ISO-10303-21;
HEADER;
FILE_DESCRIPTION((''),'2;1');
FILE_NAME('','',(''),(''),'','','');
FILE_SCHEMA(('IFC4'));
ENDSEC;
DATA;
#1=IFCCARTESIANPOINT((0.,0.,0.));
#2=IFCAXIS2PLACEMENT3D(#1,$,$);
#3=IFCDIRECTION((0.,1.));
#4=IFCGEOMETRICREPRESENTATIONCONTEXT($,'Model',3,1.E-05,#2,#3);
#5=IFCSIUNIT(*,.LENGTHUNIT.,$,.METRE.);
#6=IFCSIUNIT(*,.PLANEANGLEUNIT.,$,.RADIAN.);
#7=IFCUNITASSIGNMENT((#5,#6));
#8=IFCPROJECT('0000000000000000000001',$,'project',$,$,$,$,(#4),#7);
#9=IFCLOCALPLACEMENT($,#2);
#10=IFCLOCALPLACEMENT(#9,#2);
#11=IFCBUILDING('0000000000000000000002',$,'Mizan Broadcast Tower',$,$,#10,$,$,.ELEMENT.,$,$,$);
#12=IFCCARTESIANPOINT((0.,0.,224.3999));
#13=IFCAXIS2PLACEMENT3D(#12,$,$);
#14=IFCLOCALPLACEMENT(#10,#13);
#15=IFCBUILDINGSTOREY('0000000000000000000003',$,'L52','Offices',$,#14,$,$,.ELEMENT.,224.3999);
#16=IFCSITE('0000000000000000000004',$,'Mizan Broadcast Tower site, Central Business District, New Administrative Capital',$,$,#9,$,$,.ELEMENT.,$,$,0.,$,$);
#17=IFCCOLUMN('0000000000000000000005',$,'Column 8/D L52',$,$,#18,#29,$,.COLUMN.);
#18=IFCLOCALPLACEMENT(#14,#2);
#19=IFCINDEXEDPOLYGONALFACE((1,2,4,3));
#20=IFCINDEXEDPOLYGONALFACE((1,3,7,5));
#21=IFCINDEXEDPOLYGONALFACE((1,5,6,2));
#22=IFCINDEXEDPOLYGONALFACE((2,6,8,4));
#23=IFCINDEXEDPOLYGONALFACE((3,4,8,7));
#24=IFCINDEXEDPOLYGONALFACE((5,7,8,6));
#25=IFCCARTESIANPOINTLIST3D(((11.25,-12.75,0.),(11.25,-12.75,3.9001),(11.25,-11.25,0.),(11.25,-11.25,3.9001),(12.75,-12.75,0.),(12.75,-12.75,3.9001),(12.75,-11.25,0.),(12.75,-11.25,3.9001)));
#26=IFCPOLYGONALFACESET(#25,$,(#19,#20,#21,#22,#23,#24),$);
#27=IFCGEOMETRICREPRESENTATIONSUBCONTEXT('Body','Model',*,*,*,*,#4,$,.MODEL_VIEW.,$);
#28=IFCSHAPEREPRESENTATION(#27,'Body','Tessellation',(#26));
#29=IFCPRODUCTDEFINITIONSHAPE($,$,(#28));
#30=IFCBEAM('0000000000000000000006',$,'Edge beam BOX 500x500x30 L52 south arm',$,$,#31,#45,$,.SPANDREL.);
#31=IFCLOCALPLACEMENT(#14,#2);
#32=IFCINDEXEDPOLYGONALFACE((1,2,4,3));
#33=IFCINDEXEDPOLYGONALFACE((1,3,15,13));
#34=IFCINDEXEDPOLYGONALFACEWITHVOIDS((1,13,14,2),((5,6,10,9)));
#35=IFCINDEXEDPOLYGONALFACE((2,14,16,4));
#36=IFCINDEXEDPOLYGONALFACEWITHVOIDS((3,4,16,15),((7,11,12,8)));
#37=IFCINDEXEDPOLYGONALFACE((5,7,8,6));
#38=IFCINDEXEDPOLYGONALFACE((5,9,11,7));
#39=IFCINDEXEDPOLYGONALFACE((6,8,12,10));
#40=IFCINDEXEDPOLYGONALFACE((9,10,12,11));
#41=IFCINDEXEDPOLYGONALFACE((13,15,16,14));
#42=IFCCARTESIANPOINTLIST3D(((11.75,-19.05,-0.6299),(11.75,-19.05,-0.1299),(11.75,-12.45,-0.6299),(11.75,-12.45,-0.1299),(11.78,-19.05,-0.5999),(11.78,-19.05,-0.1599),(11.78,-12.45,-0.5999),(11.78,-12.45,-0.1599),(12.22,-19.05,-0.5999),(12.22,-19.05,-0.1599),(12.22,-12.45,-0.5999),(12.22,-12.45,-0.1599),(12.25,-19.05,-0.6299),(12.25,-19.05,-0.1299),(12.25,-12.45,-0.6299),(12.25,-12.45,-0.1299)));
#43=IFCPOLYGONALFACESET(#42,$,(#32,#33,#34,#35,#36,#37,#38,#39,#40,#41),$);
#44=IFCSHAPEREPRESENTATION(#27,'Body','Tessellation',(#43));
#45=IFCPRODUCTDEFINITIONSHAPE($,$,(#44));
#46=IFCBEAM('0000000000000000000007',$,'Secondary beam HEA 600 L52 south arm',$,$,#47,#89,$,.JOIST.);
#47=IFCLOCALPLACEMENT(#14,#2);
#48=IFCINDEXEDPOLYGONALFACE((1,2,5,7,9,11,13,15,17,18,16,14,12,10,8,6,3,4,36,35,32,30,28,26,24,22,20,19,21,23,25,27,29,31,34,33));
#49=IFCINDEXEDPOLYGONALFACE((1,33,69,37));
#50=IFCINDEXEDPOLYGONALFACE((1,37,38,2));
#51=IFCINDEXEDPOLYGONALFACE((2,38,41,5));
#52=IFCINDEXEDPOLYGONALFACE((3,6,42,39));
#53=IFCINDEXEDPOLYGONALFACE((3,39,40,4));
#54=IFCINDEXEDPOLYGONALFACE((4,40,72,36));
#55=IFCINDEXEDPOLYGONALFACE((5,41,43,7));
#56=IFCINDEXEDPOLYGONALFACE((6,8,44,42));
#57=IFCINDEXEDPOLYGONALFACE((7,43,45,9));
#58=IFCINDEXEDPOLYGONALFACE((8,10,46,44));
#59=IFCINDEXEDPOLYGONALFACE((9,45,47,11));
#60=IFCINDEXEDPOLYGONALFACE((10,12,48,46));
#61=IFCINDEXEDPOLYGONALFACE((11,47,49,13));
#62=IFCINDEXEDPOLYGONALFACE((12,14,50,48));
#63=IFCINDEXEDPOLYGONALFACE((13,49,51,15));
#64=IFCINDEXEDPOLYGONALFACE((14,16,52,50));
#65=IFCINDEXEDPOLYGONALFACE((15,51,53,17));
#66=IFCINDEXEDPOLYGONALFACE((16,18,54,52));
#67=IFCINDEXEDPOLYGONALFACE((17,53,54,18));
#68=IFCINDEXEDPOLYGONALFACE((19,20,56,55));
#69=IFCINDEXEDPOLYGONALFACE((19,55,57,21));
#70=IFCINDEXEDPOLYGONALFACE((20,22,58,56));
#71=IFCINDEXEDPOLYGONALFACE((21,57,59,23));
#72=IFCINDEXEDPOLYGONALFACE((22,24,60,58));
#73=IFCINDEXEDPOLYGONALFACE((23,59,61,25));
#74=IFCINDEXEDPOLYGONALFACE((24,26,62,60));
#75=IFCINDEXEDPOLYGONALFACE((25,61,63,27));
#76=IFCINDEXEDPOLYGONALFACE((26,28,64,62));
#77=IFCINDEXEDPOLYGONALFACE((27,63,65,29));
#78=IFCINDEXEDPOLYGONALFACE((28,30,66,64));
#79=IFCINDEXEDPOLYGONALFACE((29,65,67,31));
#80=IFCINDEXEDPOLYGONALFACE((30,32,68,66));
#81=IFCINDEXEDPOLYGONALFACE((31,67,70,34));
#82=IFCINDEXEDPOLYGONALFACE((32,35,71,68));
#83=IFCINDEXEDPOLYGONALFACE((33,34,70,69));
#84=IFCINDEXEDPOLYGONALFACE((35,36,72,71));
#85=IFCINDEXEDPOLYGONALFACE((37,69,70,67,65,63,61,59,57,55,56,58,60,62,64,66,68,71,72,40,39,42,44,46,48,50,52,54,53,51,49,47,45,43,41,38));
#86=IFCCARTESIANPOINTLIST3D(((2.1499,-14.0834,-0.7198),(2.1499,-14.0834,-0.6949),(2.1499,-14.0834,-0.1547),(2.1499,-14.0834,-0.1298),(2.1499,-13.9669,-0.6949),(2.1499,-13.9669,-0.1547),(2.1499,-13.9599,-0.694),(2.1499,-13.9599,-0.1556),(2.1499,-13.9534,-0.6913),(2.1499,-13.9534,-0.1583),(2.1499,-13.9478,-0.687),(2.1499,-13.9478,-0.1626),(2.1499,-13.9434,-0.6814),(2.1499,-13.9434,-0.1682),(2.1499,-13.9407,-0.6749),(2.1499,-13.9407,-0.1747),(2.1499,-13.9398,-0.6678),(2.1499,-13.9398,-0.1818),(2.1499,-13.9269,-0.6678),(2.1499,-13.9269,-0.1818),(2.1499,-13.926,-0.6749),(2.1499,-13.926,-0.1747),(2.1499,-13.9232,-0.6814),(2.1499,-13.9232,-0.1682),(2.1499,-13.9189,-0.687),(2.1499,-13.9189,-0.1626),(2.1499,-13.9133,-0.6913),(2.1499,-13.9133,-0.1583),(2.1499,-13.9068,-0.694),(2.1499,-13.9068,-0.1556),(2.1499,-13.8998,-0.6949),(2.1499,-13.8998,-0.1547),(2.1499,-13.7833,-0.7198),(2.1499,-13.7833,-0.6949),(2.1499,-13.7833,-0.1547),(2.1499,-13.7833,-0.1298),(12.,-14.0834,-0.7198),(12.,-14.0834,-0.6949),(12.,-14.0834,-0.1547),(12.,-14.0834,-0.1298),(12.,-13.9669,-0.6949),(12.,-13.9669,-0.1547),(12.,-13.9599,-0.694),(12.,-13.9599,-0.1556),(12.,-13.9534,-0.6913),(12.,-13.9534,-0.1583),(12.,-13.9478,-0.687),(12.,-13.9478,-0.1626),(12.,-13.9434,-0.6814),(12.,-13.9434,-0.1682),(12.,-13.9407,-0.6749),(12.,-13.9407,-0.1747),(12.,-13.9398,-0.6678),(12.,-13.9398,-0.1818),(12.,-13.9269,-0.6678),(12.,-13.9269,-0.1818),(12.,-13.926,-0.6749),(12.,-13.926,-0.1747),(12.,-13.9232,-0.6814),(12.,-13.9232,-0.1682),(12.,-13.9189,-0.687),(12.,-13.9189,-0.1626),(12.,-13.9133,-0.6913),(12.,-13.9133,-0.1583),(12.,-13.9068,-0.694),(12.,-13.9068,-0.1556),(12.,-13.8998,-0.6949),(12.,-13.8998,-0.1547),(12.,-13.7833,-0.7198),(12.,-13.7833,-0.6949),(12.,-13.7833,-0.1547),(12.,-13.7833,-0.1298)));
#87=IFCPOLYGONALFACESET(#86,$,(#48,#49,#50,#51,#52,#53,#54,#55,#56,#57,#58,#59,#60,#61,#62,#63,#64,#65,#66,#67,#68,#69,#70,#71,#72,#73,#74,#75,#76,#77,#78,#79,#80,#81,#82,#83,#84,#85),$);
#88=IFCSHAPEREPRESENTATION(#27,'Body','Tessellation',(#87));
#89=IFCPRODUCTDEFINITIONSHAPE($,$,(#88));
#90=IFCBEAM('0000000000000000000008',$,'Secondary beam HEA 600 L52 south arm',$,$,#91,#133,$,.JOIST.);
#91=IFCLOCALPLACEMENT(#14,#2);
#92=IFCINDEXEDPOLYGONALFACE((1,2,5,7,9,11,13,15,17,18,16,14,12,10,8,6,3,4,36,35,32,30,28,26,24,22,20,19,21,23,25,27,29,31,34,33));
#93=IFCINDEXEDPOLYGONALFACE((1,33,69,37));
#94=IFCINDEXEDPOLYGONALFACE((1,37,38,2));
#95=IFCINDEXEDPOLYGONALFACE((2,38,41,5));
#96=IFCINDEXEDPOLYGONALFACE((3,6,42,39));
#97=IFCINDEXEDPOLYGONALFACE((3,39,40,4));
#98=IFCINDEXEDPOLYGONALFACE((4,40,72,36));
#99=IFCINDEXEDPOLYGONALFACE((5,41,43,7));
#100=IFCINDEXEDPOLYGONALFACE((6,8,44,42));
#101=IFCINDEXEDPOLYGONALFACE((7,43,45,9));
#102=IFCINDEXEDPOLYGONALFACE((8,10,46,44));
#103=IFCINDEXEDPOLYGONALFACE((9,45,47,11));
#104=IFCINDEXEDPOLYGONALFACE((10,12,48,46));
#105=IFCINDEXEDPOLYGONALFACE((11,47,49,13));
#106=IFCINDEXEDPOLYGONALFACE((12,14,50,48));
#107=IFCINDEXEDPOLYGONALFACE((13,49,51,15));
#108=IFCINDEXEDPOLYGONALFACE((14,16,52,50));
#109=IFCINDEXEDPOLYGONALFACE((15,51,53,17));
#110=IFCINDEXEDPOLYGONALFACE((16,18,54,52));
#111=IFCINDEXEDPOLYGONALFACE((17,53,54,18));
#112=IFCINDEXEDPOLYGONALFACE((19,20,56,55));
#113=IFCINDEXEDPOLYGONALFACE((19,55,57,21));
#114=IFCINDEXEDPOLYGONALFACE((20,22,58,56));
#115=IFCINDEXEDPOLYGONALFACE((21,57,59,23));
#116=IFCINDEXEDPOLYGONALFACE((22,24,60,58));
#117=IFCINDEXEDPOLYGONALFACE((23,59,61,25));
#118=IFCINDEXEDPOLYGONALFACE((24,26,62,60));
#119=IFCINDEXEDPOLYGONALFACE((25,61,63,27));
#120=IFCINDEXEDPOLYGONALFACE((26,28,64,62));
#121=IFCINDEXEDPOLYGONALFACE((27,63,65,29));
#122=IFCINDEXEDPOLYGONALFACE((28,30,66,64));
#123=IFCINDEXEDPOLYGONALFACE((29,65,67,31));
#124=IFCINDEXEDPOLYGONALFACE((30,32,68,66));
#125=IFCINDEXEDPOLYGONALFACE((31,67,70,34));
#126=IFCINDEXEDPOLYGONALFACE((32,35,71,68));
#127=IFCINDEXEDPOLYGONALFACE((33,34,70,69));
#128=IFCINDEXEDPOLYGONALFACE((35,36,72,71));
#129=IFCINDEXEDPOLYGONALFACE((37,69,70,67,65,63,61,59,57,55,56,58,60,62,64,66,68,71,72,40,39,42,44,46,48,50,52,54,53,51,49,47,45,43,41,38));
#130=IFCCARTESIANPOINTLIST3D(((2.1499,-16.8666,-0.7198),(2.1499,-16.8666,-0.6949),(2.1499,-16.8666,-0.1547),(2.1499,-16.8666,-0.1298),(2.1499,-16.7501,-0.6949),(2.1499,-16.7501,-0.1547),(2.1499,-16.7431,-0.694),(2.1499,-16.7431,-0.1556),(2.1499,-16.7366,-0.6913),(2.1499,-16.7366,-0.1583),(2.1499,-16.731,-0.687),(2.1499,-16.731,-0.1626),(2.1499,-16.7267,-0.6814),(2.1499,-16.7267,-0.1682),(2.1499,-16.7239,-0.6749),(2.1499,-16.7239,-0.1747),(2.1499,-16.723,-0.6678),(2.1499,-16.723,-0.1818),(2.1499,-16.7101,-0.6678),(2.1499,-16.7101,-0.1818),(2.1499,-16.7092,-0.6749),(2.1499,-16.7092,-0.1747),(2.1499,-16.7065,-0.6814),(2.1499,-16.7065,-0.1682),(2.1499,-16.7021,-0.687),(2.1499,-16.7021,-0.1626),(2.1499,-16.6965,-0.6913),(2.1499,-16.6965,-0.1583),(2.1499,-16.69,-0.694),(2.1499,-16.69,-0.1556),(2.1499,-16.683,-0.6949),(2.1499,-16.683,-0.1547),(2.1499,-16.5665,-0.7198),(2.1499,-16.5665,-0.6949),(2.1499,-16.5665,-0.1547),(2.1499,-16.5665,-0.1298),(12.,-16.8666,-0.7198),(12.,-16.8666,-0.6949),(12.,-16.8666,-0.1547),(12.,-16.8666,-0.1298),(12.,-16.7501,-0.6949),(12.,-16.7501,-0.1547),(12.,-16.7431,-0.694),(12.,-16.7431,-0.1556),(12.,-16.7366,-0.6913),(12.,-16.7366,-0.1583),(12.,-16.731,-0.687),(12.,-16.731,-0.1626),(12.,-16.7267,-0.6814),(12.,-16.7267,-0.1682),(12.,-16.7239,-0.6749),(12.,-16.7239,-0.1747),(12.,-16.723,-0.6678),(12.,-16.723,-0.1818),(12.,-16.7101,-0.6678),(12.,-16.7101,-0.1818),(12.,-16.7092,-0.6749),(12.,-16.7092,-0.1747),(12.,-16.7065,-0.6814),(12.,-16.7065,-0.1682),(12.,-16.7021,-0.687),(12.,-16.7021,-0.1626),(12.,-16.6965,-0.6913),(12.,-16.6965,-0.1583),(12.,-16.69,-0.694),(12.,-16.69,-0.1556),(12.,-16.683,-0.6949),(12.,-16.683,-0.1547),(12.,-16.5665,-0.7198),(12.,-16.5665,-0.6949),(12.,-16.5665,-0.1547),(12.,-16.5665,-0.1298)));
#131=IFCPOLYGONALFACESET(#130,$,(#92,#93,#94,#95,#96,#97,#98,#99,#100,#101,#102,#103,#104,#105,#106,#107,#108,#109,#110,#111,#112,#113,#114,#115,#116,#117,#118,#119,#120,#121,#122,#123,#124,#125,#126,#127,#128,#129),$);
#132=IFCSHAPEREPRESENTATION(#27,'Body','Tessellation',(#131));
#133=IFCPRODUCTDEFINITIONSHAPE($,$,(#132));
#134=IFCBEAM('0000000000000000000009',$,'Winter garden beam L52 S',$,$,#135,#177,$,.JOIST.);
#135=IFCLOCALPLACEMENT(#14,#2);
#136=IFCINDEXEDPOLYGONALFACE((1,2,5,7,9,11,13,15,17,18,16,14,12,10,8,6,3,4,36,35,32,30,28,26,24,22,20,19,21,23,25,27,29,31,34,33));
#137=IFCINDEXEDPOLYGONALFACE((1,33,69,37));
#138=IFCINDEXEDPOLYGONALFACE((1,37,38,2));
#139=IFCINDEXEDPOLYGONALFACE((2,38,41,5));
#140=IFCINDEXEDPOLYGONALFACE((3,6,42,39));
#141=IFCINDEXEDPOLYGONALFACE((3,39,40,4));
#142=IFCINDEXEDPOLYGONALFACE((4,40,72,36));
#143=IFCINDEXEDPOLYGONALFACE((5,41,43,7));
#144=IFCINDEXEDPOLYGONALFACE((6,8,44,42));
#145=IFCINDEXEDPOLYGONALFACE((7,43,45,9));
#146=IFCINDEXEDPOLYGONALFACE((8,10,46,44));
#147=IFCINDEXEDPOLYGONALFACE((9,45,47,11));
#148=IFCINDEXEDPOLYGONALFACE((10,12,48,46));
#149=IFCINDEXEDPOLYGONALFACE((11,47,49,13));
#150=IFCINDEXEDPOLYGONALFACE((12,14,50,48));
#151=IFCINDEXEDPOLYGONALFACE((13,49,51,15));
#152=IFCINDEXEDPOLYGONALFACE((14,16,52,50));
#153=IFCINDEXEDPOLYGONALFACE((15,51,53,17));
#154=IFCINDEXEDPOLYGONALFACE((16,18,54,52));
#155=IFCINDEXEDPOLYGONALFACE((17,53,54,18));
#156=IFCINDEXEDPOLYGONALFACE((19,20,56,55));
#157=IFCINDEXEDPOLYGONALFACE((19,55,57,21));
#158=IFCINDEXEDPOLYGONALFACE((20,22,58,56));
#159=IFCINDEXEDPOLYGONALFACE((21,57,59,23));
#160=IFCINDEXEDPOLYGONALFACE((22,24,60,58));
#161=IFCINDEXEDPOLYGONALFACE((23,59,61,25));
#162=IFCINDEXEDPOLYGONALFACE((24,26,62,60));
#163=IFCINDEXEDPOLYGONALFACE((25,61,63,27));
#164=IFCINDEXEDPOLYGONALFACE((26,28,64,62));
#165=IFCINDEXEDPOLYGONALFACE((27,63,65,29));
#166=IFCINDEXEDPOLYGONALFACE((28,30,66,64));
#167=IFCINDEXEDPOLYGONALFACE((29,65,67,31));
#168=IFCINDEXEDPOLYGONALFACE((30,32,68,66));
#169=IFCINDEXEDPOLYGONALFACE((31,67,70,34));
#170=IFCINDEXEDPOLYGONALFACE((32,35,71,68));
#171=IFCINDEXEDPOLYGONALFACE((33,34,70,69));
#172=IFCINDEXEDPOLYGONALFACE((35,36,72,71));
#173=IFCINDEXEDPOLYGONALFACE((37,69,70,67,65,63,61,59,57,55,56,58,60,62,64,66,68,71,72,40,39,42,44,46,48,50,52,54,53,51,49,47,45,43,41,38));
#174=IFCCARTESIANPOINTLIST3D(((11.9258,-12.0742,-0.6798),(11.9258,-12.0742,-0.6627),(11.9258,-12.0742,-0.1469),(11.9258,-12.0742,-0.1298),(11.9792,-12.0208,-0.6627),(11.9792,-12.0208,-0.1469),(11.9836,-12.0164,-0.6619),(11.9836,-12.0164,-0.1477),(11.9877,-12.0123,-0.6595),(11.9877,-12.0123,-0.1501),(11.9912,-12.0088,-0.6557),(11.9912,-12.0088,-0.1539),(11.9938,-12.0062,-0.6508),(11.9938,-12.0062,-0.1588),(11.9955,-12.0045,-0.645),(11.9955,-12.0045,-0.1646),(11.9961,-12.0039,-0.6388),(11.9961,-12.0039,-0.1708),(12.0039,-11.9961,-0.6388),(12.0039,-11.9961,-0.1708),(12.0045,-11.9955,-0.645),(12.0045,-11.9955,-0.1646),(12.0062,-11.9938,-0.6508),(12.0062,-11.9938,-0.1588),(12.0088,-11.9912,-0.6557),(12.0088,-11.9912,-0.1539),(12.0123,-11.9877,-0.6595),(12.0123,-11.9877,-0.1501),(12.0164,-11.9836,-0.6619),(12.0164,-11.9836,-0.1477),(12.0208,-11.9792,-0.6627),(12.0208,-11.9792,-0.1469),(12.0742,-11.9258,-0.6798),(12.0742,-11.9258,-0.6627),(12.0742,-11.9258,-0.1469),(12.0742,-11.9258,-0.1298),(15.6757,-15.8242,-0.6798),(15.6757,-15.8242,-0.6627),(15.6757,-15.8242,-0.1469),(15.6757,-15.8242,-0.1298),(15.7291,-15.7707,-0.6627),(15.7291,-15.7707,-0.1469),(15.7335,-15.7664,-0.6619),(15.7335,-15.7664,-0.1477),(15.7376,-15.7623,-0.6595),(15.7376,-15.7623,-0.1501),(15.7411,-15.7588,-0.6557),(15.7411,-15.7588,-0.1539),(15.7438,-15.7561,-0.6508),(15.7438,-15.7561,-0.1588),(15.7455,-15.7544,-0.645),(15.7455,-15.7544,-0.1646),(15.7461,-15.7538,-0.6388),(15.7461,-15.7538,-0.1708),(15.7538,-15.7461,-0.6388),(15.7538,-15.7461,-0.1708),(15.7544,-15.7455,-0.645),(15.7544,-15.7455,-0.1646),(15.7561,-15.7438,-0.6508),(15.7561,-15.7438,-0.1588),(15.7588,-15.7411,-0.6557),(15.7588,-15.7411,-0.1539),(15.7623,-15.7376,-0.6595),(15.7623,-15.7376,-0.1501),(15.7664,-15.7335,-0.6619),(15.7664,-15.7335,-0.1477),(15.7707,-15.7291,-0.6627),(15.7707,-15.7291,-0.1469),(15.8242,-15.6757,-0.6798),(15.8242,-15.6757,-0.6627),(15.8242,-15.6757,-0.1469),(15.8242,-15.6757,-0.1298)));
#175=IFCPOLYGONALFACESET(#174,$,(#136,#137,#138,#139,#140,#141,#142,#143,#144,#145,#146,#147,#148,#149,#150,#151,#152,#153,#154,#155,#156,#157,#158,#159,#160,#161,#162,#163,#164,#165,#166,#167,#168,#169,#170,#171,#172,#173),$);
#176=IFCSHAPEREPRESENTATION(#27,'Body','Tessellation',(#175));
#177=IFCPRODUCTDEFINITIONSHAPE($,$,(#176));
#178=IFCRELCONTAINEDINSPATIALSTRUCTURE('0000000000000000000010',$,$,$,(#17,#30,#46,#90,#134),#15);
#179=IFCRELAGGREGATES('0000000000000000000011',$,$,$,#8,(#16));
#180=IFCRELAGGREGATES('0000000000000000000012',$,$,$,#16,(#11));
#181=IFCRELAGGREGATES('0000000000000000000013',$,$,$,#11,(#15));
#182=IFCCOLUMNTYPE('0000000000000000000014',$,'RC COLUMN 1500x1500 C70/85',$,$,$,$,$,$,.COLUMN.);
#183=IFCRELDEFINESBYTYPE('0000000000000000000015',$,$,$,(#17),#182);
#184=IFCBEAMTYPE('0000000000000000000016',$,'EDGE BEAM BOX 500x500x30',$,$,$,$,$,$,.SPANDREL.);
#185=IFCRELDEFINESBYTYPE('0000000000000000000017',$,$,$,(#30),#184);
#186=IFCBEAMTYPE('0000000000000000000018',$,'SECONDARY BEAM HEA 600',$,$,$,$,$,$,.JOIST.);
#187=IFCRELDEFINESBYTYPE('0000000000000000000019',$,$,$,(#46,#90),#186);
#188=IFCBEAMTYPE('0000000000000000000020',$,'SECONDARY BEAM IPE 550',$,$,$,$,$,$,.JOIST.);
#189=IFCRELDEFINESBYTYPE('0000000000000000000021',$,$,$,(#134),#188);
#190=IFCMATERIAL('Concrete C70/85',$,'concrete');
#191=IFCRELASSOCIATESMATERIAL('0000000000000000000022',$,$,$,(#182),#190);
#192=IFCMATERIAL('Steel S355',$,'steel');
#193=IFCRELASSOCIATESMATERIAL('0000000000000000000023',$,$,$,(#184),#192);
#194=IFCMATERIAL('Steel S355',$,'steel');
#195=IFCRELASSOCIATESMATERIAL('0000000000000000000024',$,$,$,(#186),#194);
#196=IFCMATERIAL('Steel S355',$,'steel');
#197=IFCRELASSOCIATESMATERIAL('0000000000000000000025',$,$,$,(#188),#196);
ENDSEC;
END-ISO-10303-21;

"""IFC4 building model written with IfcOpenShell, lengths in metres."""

from ifc_helpers import new_model, si_unit, direction, frame, origin, origin_2d, place, context, subcontext, project, spatial, rectangle, hollow_rectangle, i_section, extrude, material, material_profile, profile_set, type_object, element, save


model = new_model("IFC4")

# Units and contexts
model_context = context("Model", 3, precision=1e-05, world=origin(), true_north=direction((0.0, 1.0)))
body_context = subcontext(model_context, "Body", "Model", "MODEL_VIEW")
ifc_project = project(units=[si_unit("LENGTHUNIT", "METRE"), si_unit("PLANEANGLEUNIT", "RADIAN")], contexts=[model_context])

# Site, building, storey
site_placement = place(None, origin())
site = spatial("IfcSite", under=ifc_project, at=site_placement, Name="Mizan Broadcast Tower site, Central Business District, New Administrative Capital", CompositionType="ELEMENT", RefElevation=0.0)
building_placement = place(site_placement, origin())
building = spatial("IfcBuilding", under=site, at=building_placement, Name="Mizan Broadcast Tower", CompositionType="ELEMENT")
storey_placement = place(building_placement, frame((0.0, 0.0, 224.3999)))
storey = spatial("IfcBuildingStorey", under=building, at=storey_placement, Name="L52", Description="Offices", CompositionType="ELEMENT", Elevation=224.3999)

# Column
ifc_material_1 = material(Name="Concrete C70/85", Category="concrete")
ifc_material_profile_1 = material_profile(ifc_material_1, rectangle(XDim=1.5, YDim=1.5, at=origin_2d()), Name="RC 1500x1500")
ifc_profile_set_1 = profile_set([ifc_material_profile_1], Name="Concrete C70/85")
column_type = type_object("IfcColumnType", Name="RC COLUMN 1500x1500 C70/85", PredefinedType="COLUMN", material=ifc_profile_set_1)
column_placement = place(storey_placement, frame((12.0, -12.0, 0.0), z_axis=(0.0, 0.0, 1.0), x_axis=(1.0, 0.0, 0.0)))
element("IfcColumn", 1, at=column_placement, inside=storey, type_object=column_type, Name="Column 8/D L52", PredefinedType="COLUMN", context=body_context, shape_type="SweptSolid", body=[
    extrude(rectangle(XDim=1.5, YDim=1.5, at=origin_2d()), origin(), (0.0, 0.0, 1.0), 3.9001),
])

# Beams
ifc_material_2 = material(Name="Steel S355", Category="steel")
ifc_material_profile_2 = material_profile(ifc_material_2, hollow_rectangle(XDim=0.5, YDim=0.5, WallThickness=0.03, at=origin_2d()), Name="BOX 500x500x30")
ifc_profile_set_2 = profile_set([ifc_material_profile_2], Name="Steel S355")
beam_type_1 = type_object("IfcBeamType", Name="EDGE BEAM BOX 500x500x30", PredefinedType="SPANDREL", material=ifc_profile_set_2)
beam_1_placement = place(storey_placement, frame((12.0, -12.45, -0.3799), z_axis=(0.0, -1.0, 0.0), x_axis=(1.0, 0.0, 0.0)))
element("IfcBeam", 2, at=beam_1_placement, inside=storey, type_object=beam_type_1, Name="Edge beam BOX 500x500x30 L52 south arm", PredefinedType="SPANDREL", context=body_context, shape_type="SweptSolid", body=[
    extrude(hollow_rectangle(XDim=0.5, YDim=0.5, WallThickness=0.03, at=origin_2d()), origin(), (0.0, 0.0, 1.0), 6.6001),
])
ifc_material_3 = material(Name="Steel S355", Category="steel")
ifc_material_profile_3 = material_profile(ifc_material_3, i_section(OverallWidth=0.3, OverallDepth=0.5901, WebThickness=0.0129, FlangeThickness=0.0249, FilletRadius=0.0271, at=origin_2d()), Name="HEA 600")
ifc_profile_set_3 = profile_set([ifc_material_profile_3], Name="Steel S355")
beam_type_2 = type_object("IfcBeamType", Name="SECONDARY BEAM HEA 600", PredefinedType="JOIST", material=ifc_profile_set_3)
for number, where, z_axis, x_axis, name in (
    (3, (12.0, -13.9333, -0.4248), (-1.0, 0.0, 0.0), (0.0, -1.0, 0.0), "Secondary beam HEA 600 L52 south arm"),
    (4, (12.0, -16.7166, -0.4248), (-1.0, 0.0, 0.0), (0.0, -1.0, 0.0), "Secondary beam HEA 600 L52 south arm"),
):
    element("IfcBeam", number, at=place(storey_placement, frame(where, z_axis=z_axis, x_axis=x_axis)), inside=storey, type_object=beam_type_2, Name=name, PredefinedType="JOIST", context=body_context, shape_type="SweptSolid", body=[
        extrude(i_section(OverallWidth=0.3, OverallDepth=0.5901, WebThickness=0.0129, FlangeThickness=0.0249, FilletRadius=0.0271, at=origin_2d()), origin(), (0.0, 0.0, 1.0), 9.8501),
    ])
ifc_material_4 = material(Name="Steel S355", Category="steel")
ifc_material_profile_4 = material_profile(ifc_material_4, i_section(OverallWidth=0.21, OverallDepth=0.55, WebThickness=0.011, FlangeThickness=0.0171, FilletRadius=0.0239, at=origin_2d()), Name="IPE 550")
ifc_profile_set_4 = profile_set([ifc_material_profile_4], Name="Steel S355")
beam_type_3 = type_object("IfcBeamType", Name="SECONDARY BEAM IPE 550", PredefinedType="JOIST", material=ifc_profile_set_4)
beam_2_placement = place(storey_placement, frame((12.0, -12.0, -0.4048), z_axis=(0.707107, -0.707107, 0.0), x_axis=(0.707107, 0.707107, 0.0)))
element("IfcBeam", 5, at=beam_2_placement, inside=storey, type_object=beam_type_3, Name="Winter garden beam L52 S", PredefinedType="JOIST", context=body_context, shape_type="SweptSolid", body=[
    extrude(i_section(OverallWidth=0.21, OverallDepth=0.55, WebThickness=0.011, FlangeThickness=0.0171, FilletRadius=0.0239, at=origin_2d()), origin(), (0.0, 0.0, 1.0), 5.3032),
])

save(model, "model.ifc")
